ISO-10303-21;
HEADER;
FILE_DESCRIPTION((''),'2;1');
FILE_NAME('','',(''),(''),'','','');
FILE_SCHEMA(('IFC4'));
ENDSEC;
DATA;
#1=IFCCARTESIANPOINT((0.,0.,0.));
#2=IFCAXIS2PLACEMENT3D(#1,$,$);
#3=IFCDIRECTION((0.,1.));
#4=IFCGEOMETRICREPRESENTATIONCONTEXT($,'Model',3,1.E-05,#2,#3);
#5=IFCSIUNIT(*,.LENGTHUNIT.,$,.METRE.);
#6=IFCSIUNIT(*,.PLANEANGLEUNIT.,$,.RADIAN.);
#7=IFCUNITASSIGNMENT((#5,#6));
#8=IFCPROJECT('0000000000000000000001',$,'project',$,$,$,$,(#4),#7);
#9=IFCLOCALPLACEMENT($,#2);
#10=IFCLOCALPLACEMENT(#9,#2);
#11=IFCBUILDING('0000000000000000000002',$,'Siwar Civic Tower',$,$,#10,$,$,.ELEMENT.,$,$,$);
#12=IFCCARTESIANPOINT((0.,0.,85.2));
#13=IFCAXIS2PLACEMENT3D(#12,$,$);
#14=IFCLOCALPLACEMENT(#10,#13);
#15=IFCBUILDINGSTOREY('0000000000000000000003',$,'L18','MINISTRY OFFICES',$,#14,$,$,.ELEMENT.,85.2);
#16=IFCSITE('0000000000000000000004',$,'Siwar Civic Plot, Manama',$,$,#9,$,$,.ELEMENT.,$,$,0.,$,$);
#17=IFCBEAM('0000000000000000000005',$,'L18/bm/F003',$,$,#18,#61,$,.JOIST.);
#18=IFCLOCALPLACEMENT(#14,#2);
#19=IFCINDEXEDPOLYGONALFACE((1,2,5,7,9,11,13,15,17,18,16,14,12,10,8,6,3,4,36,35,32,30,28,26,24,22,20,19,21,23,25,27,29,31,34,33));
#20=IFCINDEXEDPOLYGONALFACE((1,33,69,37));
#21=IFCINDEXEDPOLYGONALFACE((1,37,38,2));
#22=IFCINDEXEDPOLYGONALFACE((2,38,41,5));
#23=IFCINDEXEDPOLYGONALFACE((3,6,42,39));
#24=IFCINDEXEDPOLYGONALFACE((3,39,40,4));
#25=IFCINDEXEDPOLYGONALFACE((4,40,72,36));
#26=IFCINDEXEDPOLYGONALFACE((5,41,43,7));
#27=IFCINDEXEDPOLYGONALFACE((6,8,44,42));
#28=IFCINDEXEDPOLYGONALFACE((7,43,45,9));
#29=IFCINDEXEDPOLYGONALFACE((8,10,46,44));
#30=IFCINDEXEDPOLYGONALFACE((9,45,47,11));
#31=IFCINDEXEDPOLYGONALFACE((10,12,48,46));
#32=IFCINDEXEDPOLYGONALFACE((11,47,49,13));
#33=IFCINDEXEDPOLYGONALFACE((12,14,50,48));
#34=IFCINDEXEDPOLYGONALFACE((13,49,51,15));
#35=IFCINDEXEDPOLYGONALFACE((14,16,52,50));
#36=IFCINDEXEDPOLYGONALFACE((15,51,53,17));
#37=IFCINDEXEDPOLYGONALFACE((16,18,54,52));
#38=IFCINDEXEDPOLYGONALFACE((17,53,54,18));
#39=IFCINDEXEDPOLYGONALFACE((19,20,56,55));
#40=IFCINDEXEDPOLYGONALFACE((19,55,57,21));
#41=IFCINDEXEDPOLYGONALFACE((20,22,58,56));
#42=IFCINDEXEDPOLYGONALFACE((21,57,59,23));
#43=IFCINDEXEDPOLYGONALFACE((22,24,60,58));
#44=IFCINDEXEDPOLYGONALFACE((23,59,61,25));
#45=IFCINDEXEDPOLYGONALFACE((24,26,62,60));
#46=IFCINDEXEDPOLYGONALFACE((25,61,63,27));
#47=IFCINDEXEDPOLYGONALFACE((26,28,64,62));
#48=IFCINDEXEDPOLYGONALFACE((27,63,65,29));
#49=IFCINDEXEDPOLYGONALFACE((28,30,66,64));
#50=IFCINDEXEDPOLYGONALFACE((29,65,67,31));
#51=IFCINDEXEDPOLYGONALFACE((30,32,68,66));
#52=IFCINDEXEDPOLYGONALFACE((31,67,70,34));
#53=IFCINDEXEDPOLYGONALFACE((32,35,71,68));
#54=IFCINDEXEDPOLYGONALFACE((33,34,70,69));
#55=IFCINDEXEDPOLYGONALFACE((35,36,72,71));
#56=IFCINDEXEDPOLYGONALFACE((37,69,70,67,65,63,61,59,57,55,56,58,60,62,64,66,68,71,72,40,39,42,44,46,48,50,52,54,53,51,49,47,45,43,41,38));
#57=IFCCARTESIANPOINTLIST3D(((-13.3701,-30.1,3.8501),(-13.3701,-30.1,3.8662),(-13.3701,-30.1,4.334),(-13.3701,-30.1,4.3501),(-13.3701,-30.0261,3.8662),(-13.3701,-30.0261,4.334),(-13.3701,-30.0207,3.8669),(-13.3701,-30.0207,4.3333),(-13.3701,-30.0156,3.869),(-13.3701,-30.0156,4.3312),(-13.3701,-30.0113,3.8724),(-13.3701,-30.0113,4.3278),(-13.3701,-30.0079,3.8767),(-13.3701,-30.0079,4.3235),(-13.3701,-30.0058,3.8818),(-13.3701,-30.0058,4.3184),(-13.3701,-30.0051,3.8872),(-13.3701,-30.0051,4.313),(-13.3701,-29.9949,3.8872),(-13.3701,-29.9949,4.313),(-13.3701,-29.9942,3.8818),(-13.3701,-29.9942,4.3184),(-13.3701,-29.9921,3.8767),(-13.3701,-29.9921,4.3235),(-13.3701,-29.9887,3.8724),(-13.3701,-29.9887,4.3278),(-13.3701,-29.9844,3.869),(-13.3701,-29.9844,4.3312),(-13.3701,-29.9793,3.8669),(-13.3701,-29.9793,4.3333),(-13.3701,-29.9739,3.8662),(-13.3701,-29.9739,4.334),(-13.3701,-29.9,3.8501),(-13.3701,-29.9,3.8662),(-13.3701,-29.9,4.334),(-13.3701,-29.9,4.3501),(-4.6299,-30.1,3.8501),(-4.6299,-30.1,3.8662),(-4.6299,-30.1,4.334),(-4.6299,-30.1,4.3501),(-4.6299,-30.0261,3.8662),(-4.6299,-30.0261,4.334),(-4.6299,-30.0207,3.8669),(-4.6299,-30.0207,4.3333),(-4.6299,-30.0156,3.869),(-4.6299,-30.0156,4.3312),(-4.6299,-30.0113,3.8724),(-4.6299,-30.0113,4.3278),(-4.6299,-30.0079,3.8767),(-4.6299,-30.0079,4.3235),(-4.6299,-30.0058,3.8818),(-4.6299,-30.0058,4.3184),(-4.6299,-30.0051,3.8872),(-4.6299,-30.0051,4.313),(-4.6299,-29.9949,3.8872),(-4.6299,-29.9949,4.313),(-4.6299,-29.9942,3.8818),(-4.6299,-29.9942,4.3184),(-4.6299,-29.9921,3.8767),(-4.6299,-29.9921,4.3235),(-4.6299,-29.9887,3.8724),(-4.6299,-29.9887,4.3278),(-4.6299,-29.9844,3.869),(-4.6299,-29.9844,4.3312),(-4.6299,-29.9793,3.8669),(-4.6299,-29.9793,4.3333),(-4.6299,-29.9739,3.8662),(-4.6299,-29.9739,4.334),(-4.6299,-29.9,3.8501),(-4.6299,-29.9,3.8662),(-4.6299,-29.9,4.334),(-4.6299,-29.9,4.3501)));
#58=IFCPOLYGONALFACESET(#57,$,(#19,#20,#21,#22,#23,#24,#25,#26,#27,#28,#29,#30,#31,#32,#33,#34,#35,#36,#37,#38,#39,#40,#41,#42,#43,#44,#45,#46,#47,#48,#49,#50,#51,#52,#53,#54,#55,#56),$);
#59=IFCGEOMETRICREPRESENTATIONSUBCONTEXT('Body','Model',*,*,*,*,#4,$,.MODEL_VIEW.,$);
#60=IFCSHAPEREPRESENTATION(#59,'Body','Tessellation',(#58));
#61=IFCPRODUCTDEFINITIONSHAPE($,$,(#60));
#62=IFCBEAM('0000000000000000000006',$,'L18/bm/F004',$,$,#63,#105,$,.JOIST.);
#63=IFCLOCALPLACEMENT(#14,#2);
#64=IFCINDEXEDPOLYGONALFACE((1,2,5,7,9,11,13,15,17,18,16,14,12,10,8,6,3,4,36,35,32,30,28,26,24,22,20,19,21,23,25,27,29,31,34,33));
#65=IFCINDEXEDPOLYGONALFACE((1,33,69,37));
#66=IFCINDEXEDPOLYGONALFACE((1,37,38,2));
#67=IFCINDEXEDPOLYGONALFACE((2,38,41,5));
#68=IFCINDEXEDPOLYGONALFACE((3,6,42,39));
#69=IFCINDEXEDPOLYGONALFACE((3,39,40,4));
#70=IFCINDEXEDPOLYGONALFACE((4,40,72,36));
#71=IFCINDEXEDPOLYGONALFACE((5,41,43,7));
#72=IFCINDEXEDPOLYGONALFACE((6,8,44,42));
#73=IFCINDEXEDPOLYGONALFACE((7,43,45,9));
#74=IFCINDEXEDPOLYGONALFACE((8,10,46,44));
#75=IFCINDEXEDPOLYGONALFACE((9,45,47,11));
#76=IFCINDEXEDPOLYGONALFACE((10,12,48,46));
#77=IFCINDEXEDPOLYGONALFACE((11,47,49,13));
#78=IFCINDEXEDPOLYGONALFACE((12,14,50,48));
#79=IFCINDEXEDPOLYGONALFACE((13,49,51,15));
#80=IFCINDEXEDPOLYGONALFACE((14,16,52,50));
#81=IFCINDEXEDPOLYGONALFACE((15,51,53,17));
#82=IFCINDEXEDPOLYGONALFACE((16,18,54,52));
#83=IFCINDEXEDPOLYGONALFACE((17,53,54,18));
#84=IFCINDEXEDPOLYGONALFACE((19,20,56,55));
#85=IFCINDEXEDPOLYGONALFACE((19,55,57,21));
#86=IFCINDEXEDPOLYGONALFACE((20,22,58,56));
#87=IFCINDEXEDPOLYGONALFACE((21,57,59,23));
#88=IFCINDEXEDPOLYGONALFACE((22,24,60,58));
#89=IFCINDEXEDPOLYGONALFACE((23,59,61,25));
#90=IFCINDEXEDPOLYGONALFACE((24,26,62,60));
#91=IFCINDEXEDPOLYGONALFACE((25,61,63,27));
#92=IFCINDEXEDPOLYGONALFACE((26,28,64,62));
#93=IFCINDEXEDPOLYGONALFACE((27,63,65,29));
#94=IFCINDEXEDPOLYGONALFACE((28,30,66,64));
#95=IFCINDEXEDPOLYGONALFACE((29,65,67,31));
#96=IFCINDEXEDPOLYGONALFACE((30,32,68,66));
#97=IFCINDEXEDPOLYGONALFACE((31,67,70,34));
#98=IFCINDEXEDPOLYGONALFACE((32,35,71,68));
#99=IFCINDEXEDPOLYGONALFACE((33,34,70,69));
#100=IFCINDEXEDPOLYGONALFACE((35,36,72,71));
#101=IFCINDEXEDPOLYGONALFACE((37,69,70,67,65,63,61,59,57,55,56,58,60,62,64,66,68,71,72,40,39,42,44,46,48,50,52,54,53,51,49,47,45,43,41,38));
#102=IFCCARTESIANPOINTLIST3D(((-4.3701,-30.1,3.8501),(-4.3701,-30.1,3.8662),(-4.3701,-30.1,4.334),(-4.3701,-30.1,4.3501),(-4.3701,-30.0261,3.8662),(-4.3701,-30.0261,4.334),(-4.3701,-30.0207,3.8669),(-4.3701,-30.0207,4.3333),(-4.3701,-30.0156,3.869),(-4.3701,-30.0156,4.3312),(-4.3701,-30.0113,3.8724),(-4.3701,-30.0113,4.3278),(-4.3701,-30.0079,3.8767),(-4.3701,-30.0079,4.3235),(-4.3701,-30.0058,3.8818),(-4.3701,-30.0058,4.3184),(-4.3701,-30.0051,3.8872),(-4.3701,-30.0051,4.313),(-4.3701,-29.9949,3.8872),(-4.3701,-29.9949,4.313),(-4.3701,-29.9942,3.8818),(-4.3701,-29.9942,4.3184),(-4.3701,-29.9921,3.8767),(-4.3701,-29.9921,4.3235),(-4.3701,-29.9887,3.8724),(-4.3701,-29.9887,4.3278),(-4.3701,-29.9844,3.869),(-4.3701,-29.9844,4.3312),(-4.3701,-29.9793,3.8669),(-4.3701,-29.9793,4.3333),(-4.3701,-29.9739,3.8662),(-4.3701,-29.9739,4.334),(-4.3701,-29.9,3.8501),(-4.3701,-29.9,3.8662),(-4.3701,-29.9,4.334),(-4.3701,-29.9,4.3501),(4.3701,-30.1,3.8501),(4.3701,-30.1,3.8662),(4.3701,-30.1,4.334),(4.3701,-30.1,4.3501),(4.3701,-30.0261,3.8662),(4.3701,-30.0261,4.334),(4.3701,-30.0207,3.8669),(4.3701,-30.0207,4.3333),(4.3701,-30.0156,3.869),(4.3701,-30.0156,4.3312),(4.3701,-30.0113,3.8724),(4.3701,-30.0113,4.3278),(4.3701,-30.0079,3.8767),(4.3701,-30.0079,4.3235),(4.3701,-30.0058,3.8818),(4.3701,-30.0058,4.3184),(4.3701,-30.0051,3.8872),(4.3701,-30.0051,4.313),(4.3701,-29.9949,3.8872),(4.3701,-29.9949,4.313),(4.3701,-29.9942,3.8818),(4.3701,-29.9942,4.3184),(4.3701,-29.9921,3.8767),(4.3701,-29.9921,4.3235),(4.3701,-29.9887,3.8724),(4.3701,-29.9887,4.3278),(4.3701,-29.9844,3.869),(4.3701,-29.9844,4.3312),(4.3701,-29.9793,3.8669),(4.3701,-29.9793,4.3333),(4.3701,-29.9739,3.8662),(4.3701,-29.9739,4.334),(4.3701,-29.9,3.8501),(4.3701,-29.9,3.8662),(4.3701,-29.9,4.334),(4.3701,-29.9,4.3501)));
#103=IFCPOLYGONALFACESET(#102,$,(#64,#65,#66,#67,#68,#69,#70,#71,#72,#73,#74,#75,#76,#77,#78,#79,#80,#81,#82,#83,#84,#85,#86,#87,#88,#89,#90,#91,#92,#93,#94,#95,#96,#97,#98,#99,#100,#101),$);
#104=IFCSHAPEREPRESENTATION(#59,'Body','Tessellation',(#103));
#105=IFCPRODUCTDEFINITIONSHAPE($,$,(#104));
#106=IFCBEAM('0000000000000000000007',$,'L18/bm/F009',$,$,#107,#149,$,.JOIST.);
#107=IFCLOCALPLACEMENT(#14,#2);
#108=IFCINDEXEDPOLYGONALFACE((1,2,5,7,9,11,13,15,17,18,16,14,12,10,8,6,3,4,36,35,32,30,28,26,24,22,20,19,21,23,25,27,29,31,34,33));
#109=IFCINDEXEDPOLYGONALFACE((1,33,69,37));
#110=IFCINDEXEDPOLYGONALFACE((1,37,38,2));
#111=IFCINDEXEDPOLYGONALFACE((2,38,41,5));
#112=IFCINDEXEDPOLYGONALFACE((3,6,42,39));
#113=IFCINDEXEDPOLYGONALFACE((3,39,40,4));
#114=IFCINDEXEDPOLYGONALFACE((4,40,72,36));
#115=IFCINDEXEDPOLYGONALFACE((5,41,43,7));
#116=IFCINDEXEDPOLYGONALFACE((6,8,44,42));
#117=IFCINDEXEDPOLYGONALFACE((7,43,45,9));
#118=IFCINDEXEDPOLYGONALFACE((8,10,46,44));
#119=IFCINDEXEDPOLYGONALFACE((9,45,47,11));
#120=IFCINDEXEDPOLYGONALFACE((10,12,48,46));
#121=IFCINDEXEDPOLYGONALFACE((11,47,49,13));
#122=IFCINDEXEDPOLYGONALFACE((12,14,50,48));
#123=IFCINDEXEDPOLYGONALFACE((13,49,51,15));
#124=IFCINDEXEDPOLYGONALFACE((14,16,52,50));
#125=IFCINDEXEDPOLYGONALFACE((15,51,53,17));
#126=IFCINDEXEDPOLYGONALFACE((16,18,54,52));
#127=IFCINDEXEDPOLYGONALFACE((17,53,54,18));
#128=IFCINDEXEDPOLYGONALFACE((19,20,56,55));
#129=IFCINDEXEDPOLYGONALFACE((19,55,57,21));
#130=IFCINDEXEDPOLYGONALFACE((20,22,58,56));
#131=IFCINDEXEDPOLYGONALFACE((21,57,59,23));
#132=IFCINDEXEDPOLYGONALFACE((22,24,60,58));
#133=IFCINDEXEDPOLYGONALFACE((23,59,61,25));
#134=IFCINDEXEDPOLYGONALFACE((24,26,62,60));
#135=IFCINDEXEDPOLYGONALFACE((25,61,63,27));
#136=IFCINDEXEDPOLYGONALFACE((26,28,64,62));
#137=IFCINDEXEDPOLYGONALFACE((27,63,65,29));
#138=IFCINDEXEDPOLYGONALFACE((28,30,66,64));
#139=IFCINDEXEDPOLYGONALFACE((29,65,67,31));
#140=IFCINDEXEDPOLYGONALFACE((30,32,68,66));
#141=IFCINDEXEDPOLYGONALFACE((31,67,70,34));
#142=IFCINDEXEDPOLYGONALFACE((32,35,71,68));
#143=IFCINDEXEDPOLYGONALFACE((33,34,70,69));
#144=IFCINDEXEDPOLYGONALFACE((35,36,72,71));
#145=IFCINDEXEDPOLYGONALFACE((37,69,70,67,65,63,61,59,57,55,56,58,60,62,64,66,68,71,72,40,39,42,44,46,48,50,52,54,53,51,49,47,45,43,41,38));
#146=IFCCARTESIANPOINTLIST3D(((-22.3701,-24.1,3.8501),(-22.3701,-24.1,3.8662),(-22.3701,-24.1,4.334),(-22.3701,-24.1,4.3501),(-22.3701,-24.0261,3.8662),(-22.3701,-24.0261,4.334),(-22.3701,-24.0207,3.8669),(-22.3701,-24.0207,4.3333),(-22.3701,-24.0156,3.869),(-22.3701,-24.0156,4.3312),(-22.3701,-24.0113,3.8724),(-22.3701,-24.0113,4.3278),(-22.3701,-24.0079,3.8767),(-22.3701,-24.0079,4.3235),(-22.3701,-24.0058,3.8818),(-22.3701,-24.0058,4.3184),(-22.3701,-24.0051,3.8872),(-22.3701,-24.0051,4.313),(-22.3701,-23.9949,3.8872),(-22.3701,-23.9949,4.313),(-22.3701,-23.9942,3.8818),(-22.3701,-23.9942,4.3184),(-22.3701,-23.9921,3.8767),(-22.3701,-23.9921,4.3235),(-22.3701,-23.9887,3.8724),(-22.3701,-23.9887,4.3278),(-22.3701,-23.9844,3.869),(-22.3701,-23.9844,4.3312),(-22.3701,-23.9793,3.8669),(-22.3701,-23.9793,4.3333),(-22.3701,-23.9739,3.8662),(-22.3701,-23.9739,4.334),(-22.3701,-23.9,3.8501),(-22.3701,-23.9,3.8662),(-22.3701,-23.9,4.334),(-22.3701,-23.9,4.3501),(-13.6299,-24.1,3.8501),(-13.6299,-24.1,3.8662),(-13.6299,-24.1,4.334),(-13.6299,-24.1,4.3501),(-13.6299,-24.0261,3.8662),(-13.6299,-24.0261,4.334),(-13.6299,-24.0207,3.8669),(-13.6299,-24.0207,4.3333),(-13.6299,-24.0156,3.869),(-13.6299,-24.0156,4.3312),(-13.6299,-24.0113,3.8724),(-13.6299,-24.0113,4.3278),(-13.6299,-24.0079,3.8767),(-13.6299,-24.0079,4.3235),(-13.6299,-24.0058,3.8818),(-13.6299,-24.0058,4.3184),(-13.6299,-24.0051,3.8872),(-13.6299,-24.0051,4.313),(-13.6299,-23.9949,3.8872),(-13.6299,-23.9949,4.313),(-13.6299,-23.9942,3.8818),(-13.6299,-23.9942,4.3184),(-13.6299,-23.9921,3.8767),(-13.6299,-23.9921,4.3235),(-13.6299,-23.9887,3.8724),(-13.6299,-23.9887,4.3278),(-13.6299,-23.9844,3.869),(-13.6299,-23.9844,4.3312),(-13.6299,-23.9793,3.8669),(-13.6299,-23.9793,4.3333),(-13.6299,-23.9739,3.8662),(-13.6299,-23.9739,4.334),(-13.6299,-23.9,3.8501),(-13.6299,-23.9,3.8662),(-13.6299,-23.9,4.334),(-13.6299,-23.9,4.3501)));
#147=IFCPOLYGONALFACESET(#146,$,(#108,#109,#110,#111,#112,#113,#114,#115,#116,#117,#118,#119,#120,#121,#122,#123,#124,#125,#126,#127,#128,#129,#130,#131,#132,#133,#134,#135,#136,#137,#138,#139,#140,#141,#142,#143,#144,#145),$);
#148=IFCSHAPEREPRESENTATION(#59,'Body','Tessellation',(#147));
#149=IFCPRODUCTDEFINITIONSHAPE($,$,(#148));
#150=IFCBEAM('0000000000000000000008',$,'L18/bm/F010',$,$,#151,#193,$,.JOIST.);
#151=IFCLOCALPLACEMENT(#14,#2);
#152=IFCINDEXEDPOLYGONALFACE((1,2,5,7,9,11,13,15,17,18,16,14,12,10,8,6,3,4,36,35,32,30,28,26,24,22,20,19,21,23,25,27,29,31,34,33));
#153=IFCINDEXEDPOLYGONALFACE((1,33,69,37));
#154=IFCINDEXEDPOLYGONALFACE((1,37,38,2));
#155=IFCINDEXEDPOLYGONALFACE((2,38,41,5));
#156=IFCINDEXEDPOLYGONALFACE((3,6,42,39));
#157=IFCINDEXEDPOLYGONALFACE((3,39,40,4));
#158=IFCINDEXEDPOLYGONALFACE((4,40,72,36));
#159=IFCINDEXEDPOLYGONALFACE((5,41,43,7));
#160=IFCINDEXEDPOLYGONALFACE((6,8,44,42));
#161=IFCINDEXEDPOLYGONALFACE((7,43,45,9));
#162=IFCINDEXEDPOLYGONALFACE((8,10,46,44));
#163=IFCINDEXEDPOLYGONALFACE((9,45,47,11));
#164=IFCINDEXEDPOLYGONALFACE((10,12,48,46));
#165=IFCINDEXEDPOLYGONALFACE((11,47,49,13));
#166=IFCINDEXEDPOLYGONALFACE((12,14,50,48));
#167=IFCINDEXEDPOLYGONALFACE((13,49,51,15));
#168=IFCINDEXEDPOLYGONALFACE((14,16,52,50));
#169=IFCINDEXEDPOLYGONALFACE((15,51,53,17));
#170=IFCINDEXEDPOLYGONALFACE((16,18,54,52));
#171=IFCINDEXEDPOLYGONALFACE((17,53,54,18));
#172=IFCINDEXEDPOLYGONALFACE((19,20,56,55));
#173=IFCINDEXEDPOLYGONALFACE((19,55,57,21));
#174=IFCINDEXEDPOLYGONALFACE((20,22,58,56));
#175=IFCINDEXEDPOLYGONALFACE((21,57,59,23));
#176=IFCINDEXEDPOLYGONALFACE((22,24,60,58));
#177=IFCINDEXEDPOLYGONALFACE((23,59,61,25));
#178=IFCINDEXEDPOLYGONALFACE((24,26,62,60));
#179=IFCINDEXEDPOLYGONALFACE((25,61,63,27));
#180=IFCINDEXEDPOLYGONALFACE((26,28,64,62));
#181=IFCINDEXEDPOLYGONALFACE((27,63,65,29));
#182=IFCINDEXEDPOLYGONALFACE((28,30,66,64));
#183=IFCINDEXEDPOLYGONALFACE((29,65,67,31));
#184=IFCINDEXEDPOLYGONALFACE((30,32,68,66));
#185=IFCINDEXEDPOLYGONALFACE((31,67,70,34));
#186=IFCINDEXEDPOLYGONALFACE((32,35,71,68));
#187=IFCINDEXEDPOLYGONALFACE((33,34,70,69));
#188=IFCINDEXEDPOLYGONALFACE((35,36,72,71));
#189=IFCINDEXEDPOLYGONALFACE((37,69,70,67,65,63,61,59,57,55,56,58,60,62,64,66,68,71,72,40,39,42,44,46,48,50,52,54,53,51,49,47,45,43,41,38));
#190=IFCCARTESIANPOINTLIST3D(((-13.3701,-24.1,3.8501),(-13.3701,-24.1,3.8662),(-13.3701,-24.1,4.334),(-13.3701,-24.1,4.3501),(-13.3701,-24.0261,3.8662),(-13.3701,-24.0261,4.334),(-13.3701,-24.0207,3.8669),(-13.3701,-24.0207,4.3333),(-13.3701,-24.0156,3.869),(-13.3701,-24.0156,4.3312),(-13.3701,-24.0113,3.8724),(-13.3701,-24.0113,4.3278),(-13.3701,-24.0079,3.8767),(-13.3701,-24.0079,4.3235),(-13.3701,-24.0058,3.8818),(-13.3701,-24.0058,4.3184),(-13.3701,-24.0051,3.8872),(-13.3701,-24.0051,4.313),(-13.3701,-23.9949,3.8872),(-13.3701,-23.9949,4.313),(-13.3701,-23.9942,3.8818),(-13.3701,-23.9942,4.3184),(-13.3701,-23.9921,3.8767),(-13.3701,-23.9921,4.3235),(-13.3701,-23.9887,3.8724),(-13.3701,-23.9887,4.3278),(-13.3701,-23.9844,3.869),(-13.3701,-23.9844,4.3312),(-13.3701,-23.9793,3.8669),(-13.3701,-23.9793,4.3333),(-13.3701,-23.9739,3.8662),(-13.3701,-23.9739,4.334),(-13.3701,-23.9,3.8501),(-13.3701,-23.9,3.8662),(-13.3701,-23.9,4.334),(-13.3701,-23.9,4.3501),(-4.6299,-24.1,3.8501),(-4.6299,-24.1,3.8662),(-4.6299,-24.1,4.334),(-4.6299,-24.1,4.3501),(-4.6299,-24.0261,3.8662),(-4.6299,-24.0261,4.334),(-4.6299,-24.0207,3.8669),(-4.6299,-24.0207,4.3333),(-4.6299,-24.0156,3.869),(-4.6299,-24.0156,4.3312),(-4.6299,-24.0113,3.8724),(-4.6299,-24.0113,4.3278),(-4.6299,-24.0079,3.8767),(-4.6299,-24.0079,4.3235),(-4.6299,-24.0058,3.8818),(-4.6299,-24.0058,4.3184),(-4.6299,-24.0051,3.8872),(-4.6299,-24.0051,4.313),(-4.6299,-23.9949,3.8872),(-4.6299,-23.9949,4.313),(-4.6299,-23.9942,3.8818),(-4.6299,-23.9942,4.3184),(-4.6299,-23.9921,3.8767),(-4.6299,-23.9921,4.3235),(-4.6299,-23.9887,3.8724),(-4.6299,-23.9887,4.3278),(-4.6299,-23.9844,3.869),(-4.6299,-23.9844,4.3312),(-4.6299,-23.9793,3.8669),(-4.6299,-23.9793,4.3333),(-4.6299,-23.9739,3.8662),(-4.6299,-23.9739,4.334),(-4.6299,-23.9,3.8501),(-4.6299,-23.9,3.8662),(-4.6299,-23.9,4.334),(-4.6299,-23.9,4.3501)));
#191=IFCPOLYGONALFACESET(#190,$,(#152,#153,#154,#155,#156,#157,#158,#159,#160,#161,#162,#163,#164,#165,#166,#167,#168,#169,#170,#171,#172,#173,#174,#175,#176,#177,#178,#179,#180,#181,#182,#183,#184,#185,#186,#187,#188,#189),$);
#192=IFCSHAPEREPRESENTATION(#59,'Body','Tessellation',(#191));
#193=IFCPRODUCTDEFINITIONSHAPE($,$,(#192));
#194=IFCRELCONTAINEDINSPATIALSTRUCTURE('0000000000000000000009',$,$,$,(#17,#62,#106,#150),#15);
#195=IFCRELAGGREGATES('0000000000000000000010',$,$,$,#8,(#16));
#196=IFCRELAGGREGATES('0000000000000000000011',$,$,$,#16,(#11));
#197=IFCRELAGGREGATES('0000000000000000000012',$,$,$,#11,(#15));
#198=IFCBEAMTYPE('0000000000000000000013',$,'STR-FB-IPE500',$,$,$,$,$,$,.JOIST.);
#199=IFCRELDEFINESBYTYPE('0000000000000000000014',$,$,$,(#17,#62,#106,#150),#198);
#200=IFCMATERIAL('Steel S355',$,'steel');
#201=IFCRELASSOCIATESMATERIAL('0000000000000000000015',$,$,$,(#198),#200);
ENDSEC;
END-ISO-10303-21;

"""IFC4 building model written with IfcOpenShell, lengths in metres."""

from ifc_helpers import new_model, si_unit, direction, frame, origin, origin_2d, place, context, subcontext, project, spatial, i_section, extrude, material, material_profile, profile_set, type_object, element, save


model = new_model("IFC4")

# Units and contexts
model_context = context("Model", 3, precision=1e-05, world=origin(), true_north=direction((0.0, 1.0)))
body_context = subcontext(model_context, "Body", "Model", "MODEL_VIEW")
ifc_project = project(units=[si_unit("LENGTHUNIT", "METRE"), si_unit("PLANEANGLEUNIT", "RADIAN")], contexts=[model_context])

# Site, building, storey
site_placement = place(None, origin())
site = spatial("IfcSite", under=ifc_project, at=site_placement, Name="Siwar Civic Plot, Manama", CompositionType="ELEMENT", RefElevation=0.0)
building_placement = place(site_placement, origin())
building = spatial("IfcBuilding", under=site, at=building_placement, Name="Siwar Civic Tower", CompositionType="ELEMENT")
storey_placement = place(building_placement, frame((0.0, 0.0, 85.2)))
storey = spatial("IfcBuildingStorey", under=building, at=storey_placement, Name="L18", Description="MINISTRY OFFICES", CompositionType="ELEMENT", Elevation=85.2)

# Beams
ifc_material_1 = material(Name="Steel S355", Category="steel")
ifc_material_profile_1 = material_profile(ifc_material_1, i_section(OverallWidth=0.2, OverallDepth=0.5, WebThickness=0.0103, FlangeThickness=0.0161, FilletRadius=0.021, at=origin_2d()), Name="IPE500")
ifc_profile_set_1 = profile_set([ifc_material_profile_1], Name="Steel S355")
beam_type_1 = type_object("IfcBeamType", Name="STR-FB-IPE500", PredefinedType="JOIST", material=ifc_profile_set_1)
for number, where, z_axis, x_axis, name in (
    (1, (-13.3701, -30.0, 4.1001), (1.0, 0.0, 0.0), (0.0, 1.0, 0.0), "L18/bm/F003"),
    (2, (-4.3701, -30.0, 4.1001), (1.0, 0.0, 0.0), (0.0, 1.0, 0.0), "L18/bm/F004"),
    (3, (-22.3701, -24.0, 4.1001), (1.0, 0.0, 0.0), (0.0, 1.0, 0.0), "L18/bm/F009"),
    (4, (-13.3701, -24.0, 4.1001), (1.0, 0.0, 0.0), (0.0, 1.0, 0.0), "L18/bm/F010"),
):
    element("IfcBeam", number, at=place(storey_placement, frame(where, z_axis=z_axis, x_axis=x_axis)), inside=storey, type_object=beam_type_1, Name=name, PredefinedType="JOIST", context=body_context, shape_type="SweptSolid", body=[
        extrude(i_section(OverallWidth=0.2, OverallDepth=0.5, WebThickness=0.0103, FlangeThickness=0.0161, FilletRadius=0.021, at=origin_2d()), origin(), (0.0, 0.0, 1.0), 8.7402),
    ])

save(model, "model.ifc")
